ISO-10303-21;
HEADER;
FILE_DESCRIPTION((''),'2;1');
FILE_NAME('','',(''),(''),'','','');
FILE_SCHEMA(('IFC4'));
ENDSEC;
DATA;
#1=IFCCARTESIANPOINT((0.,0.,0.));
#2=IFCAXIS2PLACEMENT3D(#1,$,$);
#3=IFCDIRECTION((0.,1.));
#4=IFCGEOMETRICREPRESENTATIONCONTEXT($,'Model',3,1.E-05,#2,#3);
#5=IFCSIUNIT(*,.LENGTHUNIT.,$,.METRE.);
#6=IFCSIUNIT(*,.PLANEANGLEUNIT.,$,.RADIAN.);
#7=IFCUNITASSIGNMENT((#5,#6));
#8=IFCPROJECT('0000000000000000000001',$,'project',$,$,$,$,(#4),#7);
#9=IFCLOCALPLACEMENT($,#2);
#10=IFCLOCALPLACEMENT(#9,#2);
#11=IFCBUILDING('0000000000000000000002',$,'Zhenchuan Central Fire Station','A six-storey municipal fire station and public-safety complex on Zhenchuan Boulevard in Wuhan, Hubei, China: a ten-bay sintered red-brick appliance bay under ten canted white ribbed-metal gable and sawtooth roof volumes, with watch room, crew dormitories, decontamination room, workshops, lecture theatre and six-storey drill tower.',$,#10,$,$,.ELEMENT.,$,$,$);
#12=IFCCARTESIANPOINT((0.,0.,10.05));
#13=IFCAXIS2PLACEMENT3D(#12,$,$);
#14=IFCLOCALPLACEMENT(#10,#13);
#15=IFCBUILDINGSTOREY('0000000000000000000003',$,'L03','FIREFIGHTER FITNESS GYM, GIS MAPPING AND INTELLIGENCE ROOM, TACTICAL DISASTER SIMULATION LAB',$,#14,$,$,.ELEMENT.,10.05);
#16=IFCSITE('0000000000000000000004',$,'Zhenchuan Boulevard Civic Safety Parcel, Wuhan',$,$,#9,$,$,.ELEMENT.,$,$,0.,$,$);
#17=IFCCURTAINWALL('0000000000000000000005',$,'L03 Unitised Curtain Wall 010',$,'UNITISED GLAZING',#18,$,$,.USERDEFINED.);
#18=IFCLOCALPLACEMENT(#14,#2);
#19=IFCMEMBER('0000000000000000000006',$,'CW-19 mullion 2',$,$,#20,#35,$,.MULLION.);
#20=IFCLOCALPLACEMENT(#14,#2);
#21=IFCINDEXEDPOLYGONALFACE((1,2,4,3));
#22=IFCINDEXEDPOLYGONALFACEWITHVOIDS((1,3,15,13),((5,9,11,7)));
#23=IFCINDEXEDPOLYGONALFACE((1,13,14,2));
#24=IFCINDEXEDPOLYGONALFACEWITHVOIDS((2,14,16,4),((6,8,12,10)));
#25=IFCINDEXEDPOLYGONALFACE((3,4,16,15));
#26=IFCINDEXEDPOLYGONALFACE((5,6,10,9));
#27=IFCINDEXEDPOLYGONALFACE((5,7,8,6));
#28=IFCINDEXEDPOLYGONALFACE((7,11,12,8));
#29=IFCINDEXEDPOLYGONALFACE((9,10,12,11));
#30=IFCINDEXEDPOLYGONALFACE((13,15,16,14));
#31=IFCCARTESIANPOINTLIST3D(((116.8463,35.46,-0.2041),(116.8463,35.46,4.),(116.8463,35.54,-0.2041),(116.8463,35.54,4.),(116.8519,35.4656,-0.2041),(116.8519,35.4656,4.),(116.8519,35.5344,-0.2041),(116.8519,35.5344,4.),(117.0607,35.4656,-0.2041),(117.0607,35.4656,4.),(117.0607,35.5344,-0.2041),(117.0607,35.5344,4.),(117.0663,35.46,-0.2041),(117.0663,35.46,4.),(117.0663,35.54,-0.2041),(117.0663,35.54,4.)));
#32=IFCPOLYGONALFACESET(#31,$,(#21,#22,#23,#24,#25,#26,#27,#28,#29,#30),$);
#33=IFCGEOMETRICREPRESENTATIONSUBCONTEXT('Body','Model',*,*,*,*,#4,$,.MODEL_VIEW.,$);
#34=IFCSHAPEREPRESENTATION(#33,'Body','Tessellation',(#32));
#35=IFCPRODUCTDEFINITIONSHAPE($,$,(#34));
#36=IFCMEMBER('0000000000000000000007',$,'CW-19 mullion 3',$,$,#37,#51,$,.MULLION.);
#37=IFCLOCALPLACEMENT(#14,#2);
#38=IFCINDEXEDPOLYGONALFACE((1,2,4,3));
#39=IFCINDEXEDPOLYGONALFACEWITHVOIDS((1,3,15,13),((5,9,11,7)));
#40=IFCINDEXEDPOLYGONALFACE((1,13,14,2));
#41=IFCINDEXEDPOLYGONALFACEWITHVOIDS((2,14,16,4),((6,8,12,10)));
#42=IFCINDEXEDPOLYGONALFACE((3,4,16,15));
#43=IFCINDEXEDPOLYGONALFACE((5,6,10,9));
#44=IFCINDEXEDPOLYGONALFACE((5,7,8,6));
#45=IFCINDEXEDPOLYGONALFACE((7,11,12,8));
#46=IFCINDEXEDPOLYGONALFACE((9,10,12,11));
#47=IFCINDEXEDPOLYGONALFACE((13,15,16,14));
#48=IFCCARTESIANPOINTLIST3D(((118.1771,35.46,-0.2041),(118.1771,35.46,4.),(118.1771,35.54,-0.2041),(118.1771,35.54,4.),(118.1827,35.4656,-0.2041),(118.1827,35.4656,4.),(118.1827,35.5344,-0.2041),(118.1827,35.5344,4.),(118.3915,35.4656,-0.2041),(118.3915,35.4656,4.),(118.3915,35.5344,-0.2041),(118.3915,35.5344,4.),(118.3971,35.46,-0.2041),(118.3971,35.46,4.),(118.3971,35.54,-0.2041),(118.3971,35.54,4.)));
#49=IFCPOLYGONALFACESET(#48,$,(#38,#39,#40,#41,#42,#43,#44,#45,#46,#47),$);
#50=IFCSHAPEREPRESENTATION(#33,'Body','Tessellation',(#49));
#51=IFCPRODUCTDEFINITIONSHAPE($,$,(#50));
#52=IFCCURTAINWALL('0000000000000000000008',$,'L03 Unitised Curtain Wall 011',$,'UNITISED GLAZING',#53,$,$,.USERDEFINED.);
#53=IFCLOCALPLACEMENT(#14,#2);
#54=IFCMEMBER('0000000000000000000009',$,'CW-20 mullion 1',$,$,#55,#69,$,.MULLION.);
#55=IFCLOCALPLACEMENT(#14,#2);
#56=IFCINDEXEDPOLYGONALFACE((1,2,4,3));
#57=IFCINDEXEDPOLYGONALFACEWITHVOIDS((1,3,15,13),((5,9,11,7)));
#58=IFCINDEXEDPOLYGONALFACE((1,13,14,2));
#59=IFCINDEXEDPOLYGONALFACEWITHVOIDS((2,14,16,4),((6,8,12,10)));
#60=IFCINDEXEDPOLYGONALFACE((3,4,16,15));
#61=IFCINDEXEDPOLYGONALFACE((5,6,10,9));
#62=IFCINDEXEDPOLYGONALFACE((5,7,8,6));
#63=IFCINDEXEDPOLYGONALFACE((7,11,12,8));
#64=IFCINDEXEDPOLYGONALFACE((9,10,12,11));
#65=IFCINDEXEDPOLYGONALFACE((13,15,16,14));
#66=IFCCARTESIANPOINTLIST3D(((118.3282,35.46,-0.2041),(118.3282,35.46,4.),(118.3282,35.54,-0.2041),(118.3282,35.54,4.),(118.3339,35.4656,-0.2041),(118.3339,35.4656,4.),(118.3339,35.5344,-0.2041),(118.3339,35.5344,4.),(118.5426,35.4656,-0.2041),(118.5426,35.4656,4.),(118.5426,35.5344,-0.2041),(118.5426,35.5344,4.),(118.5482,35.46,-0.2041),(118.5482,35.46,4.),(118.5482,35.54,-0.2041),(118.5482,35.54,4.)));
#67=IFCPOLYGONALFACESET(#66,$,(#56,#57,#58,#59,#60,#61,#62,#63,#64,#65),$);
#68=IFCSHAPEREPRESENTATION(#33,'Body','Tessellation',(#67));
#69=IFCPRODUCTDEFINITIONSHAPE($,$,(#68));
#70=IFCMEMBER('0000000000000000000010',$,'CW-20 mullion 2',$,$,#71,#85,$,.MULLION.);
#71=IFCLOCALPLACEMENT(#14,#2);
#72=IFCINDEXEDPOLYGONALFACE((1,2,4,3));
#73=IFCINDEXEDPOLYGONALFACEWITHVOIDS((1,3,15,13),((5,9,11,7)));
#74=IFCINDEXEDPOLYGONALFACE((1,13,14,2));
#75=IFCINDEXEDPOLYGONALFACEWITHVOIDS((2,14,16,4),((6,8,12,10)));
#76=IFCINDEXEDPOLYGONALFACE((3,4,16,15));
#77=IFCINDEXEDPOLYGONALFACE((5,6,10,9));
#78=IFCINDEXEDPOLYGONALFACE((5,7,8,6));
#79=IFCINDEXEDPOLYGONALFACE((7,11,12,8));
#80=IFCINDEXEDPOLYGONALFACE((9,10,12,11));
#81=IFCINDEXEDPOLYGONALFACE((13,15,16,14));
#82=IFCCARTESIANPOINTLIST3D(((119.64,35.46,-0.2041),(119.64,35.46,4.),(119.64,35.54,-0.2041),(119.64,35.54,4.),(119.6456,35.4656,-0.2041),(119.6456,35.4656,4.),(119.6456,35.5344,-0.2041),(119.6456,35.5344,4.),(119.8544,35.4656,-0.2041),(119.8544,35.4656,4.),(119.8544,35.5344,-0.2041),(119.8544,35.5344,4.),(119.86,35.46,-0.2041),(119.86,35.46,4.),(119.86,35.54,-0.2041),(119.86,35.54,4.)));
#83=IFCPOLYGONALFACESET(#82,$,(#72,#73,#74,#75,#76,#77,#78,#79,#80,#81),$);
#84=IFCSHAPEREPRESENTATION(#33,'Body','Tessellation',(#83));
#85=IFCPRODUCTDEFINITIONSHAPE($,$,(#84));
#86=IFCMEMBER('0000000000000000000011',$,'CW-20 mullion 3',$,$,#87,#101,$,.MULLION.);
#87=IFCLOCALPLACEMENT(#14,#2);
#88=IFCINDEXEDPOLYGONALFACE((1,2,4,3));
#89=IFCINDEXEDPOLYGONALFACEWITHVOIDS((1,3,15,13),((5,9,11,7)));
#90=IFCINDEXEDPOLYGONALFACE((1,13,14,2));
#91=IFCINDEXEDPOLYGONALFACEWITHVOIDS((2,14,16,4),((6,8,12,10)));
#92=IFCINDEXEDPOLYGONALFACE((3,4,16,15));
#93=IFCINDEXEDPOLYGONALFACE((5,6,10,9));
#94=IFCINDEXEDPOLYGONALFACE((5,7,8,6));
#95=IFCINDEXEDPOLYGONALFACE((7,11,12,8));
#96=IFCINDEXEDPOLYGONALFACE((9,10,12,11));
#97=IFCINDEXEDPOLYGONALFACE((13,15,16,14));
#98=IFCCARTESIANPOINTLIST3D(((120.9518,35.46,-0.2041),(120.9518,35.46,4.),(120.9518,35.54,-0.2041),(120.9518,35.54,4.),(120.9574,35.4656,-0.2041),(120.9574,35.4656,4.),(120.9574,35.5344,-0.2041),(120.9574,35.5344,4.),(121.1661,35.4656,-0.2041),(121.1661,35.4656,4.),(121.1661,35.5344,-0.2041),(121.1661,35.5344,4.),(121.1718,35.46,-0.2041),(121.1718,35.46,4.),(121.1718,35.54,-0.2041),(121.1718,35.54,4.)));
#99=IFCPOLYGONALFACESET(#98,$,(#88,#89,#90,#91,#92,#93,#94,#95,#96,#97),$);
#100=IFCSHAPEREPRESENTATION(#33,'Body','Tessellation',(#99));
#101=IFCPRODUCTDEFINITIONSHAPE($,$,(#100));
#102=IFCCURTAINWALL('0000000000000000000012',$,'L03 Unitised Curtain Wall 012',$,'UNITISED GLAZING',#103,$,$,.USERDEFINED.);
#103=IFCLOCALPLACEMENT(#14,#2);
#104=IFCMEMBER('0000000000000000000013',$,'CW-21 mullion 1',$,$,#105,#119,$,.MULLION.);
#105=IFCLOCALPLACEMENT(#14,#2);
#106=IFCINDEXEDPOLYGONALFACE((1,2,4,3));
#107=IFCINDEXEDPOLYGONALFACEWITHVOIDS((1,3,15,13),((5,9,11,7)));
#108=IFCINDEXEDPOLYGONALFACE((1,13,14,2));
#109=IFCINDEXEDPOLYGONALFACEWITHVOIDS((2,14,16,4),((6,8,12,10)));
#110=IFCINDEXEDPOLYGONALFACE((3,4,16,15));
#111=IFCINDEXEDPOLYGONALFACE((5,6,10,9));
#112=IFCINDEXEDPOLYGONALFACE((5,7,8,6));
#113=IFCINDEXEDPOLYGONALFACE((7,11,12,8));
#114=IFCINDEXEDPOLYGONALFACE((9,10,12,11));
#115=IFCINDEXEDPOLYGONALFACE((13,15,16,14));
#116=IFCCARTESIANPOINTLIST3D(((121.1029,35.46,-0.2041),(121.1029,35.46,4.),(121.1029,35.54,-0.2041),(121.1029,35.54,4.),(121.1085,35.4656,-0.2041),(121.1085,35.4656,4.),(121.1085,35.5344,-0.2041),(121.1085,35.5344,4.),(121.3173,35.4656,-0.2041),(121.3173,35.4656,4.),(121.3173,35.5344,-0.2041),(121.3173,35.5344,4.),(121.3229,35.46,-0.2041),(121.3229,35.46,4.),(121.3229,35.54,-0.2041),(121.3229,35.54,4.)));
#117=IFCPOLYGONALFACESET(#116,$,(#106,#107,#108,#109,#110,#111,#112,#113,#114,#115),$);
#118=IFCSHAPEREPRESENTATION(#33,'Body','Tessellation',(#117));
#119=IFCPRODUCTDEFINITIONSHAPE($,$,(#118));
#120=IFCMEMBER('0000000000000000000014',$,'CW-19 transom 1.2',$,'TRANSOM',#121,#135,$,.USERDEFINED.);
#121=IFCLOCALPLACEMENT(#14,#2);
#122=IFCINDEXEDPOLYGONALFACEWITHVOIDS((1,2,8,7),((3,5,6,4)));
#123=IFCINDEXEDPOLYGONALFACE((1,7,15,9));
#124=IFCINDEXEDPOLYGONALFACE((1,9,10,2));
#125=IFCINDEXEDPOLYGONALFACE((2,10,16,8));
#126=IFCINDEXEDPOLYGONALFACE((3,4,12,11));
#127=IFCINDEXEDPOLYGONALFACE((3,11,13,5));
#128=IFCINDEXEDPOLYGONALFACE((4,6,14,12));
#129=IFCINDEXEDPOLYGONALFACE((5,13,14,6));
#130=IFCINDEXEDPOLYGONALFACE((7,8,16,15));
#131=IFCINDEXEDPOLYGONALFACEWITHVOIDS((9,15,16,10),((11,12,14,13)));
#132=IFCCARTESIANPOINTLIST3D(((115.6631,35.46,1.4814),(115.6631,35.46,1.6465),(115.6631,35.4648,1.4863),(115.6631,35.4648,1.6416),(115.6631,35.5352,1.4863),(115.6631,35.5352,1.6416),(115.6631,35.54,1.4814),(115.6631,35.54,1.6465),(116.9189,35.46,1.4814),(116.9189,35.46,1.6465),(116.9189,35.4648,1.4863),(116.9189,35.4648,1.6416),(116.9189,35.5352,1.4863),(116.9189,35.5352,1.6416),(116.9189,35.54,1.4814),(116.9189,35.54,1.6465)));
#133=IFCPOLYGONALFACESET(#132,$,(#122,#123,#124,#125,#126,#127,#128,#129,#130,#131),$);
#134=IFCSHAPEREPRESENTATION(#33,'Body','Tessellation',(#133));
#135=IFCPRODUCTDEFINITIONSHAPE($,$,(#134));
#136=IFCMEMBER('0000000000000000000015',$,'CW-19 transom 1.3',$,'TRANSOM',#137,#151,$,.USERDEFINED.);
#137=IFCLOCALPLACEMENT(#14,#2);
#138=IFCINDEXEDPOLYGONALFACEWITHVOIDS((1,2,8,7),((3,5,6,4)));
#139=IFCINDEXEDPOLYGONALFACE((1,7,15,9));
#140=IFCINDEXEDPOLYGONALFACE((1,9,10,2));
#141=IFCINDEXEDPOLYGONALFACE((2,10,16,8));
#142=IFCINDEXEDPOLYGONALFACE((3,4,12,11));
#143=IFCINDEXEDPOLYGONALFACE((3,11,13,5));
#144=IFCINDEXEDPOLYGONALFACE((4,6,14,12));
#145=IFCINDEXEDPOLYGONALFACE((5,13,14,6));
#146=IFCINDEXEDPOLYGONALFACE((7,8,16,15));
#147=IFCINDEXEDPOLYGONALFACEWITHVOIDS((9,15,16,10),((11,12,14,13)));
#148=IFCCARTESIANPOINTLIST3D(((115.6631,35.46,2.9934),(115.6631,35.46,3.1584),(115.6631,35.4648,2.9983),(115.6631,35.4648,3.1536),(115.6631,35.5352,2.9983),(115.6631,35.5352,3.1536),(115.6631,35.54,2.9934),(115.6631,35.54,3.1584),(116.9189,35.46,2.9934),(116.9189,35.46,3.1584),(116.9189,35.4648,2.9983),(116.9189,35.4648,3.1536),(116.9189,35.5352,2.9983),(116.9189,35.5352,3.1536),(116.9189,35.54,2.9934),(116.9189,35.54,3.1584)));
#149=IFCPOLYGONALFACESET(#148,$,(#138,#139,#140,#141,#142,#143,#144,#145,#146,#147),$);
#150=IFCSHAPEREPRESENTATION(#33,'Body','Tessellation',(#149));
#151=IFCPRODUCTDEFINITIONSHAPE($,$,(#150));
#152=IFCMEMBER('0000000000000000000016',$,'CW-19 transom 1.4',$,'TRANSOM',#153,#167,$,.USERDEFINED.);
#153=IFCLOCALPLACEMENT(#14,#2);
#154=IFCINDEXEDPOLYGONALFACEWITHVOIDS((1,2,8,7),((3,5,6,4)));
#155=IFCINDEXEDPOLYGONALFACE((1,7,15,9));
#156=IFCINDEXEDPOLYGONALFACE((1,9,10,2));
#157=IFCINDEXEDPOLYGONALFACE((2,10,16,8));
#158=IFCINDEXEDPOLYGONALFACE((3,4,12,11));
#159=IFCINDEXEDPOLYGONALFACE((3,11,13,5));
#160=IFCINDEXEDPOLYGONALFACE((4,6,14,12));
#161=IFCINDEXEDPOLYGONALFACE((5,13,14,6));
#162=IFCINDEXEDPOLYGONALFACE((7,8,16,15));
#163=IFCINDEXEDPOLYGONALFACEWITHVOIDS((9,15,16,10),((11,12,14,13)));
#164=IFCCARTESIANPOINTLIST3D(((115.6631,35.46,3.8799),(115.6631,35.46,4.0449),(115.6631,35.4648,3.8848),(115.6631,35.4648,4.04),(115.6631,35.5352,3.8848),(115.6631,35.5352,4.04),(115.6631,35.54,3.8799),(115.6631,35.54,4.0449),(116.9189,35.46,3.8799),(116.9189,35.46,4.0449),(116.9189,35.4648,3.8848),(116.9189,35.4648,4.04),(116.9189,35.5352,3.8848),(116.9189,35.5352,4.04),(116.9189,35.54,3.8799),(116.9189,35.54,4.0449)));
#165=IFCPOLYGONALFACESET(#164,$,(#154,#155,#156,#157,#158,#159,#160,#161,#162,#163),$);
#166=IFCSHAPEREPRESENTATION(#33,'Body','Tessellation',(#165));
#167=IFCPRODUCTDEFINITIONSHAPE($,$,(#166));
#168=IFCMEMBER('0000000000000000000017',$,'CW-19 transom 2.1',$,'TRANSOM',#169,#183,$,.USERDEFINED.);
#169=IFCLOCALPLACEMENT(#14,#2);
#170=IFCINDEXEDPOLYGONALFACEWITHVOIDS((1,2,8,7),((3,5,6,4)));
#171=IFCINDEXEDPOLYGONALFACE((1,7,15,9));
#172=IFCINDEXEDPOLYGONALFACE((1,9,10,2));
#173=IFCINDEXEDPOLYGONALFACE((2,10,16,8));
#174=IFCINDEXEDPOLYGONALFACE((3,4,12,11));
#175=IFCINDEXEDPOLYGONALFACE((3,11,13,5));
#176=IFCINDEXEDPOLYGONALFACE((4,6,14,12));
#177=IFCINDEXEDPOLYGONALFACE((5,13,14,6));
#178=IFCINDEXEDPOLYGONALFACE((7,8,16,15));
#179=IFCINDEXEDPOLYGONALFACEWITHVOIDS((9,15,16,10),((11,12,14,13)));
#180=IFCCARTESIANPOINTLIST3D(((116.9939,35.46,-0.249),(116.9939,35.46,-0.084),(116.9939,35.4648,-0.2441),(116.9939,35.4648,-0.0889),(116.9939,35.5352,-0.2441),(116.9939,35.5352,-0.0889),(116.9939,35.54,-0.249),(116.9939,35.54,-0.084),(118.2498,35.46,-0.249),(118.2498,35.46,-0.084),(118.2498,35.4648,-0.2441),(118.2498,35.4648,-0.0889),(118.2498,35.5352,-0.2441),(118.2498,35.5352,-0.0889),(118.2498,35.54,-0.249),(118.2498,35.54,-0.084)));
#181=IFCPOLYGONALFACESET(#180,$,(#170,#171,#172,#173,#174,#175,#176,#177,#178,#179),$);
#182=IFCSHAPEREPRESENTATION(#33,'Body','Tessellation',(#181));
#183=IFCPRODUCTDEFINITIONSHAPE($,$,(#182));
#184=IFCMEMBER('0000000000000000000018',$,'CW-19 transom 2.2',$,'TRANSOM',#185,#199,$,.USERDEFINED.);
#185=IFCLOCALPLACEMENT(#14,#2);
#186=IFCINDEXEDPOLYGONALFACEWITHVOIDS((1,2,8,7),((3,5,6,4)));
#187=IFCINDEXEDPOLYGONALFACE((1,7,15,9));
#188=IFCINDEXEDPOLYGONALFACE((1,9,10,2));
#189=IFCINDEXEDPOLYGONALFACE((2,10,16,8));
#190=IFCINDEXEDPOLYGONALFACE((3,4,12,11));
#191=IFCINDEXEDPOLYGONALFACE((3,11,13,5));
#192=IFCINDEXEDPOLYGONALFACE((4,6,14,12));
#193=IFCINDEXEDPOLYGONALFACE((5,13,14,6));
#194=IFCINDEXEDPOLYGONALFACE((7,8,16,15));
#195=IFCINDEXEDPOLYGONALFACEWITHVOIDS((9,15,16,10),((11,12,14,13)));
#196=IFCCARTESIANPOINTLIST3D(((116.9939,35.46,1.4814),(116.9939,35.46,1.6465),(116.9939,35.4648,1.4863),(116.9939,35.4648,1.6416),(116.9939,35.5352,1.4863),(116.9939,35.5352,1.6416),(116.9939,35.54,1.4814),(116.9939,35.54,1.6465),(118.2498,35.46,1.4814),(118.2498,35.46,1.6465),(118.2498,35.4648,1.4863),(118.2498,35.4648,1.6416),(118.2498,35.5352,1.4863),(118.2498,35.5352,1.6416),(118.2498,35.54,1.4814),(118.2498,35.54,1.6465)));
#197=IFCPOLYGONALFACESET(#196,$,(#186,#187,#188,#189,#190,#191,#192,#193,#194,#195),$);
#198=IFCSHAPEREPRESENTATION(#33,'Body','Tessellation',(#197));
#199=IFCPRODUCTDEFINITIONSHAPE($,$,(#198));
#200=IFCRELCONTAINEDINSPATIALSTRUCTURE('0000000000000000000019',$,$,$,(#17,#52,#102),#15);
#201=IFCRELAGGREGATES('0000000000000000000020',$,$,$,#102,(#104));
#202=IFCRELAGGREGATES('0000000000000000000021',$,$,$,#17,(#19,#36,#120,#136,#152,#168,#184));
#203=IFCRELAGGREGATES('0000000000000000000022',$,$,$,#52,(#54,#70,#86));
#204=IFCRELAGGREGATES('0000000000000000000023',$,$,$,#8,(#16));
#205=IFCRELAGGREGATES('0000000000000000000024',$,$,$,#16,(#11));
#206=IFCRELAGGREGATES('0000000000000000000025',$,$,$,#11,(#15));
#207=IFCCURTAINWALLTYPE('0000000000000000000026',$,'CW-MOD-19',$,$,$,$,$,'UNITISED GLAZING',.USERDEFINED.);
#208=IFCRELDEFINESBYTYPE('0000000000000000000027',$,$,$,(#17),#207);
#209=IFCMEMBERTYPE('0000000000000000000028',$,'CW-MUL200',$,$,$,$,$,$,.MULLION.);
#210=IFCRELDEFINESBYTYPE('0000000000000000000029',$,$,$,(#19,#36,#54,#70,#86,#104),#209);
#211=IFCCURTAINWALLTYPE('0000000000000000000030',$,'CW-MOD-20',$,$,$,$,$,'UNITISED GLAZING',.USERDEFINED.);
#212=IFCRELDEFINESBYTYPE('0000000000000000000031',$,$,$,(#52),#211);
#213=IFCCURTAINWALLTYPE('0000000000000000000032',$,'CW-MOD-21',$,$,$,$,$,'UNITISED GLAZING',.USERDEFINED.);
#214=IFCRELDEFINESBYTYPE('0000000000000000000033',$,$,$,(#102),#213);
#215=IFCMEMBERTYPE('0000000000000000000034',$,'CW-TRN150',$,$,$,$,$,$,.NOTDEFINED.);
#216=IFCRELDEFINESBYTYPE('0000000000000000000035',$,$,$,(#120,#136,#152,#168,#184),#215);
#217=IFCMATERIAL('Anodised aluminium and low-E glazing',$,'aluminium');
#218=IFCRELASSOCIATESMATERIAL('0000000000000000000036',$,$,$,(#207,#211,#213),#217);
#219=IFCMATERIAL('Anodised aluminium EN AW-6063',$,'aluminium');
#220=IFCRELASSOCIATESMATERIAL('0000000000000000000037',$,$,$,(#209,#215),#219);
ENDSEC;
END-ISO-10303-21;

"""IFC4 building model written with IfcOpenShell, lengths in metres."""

from ifc_helpers import new_model, si_unit, direction, frame, origin, origin_2d, place, context, subcontext, project, spatial, hollow_rectangle, extrude, material, material_profile, profile_set, type_object, element, aggregate, save


model = new_model("IFC4")

# Units and contexts
model_context = context("Model", 3, precision=1e-05, world=origin(), true_north=direction((0.0, 1.0)))
body_context = subcontext(model_context, "Body", "Model", "MODEL_VIEW")
ifc_project = project(units=[si_unit("LENGTHUNIT", "METRE"), si_unit("PLANEANGLEUNIT", "RADIAN")], contexts=[model_context])

# Site, building, storey
site_placement = place(None, origin())
site = spatial("IfcSite", under=ifc_project, at=site_placement, Name="Zhenchuan Boulevard Civic Safety Parcel, Wuhan", CompositionType="ELEMENT", RefElevation=0.0)
building_placement = place(site_placement, origin())
building = spatial("IfcBuilding", under=site, at=building_placement, Name="Zhenchuan Central Fire Station", Description="A six-storey municipal fire station and public-safety complex on Zhenchuan Boulevard in Wuhan, Hubei, China: a ten-bay sintered red-brick appliance bay under ten canted white ribbed-metal gable and sawtooth roof volumes, with watch room, crew dormitories, decontamination room, workshops, lecture theatre and six-storey drill tower.", CompositionType="ELEMENT")
storey_placement = place(building_placement, frame((0.0, 0.0, 10.05)))
storey = spatial("IfcBuildingStorey", under=building, at=storey_placement, Name="L03", Description="FIREFIGHTER FITNESS GYM, GIS MAPPING AND INTELLIGENCE ROOM, TACTICAL DISASTER SIMULATION LAB", CompositionType="ELEMENT", Elevation=10.05)

# Curtain walls, members
ifc_material_1 = material(Name="Anodised aluminium and low-E glazing", Category="aluminium")
curtain_wall_type_1 = type_object("IfcCurtainWallType", Name="CW-MOD-19", ElementType="UNITISED GLAZING", PredefinedType="USERDEFINED", material=ifc_material_1)
curtain_wall_1_placement = place(storey_placement, origin())
curtain_wall_1 = element("IfcCurtainWall", 1, at=curtain_wall_1_placement, inside=storey, type_object=curtain_wall_type_1, Name="L03 Unitised Curtain Wall 010", ObjectType="UNITISED GLAZING", PredefinedType="USERDEFINED")
ifc_material_2 = material(Name="Anodised aluminium EN AW-6063", Category="aluminium")
ifc_material_profile_1 = material_profile(ifc_material_2, hollow_rectangle(XDim=0.0801, YDim=0.22, WallThickness=0.0056, at=origin_2d()), Name="ALU-M 220x80")
ifc_profile_set_1 = profile_set([ifc_material_profile_1], Name="Anodised aluminium EN AW-6063")
member_type_1 = type_object("IfcMemberType", Name="CW-MUL200", PredefinedType="MULLION", material=ifc_profile_set_1)
member_1_placement = place(storey_placement, frame((116.9563, 35.5, -0.2041), z_axis=(0.0, 0.0, 1.0), x_axis=(0.0, 1.0, 0.0)))
member_1 = element("IfcMember", 2, at=member_1_placement, type_object=member_type_1, Name="CW-19 mullion 2", PredefinedType="MULLION", context=body_context, shape_type="SweptSolid", body=[
    extrude(hollow_rectangle(XDim=0.0801, YDim=0.22, WallThickness=0.0056, at=origin_2d()), origin(), (0.0, 0.0, 1.0), 4.2041),
])
member_2_placement = place(storey_placement, frame((118.2871, 35.5, -0.2041), z_axis=(0.0, 0.0, 1.0), x_axis=(0.0, 1.0, 0.0)))
member_2 = element("IfcMember", 3, at=member_2_placement, type_object=member_type_1, Name="CW-19 mullion 3", PredefinedType="MULLION", context=body_context, shape_type="SweptSolid", body=[
    extrude(hollow_rectangle(XDim=0.0801, YDim=0.22, WallThickness=0.0056, at=origin_2d()), origin(), (0.0, 0.0, 1.0), 4.2041),
])
curtain_wall_type_2 = type_object("IfcCurtainWallType", Name="CW-MOD-20", ElementType="UNITISED GLAZING", PredefinedType="USERDEFINED", material=ifc_material_1)
curtain_wall_2_placement = place(storey_placement, origin())
curtain_wall_2 = element("IfcCurtainWall", 4, at=curtain_wall_2_placement, inside=storey, type_object=curtain_wall_type_2, Name="L03 Unitised Curtain Wall 011", ObjectType="UNITISED GLAZING", PredefinedType="USERDEFINED")
member_3_placement = place(storey_placement, frame((118.4382, 35.5, -0.2041), z_axis=(0.0, 0.0, 1.0), x_axis=(0.0, 1.0, 0.0)))
member_3 = element("IfcMember", 5, at=member_3_placement, type_object=member_type_1, Name="CW-20 mullion 1", PredefinedType="MULLION", context=body_context, shape_type="SweptSolid", body=[
    extrude(hollow_rectangle(XDim=0.0801, YDim=0.22, WallThickness=0.0056, at=origin_2d()), origin(), (0.0, 0.0, 1.0), 4.2041),
])
member_4_placement = place(storey_placement, frame((119.75, 35.5, -0.2041), z_axis=(0.0, 0.0, 1.0), x_axis=(0.0, 1.0, 0.0)))
member_4 = element("IfcMember", 6, at=member_4_placement, type_object=member_type_1, Name="CW-20 mullion 2", PredefinedType="MULLION", context=body_context, shape_type="SweptSolid", body=[
    extrude(hollow_rectangle(XDim=0.0801, YDim=0.22, WallThickness=0.0056, at=origin_2d()), origin(), (0.0, 0.0, 1.0), 4.2041),
])
member_5_placement = place(storey_placement, frame((121.0618, 35.5, -0.2041), z_axis=(0.0, 0.0, 1.0), x_axis=(0.0, 1.0, 0.0)))
member_5 = element("IfcMember", 7, at=member_5_placement, type_object=member_type_1, Name="CW-20 mullion 3", PredefinedType="MULLION", context=body_context, shape_type="SweptSolid", body=[
    extrude(hollow_rectangle(XDim=0.0801, YDim=0.22, WallThickness=0.0056, at=origin_2d()), origin(), (0.0, 0.0, 1.0), 4.2041),
])

# Curtain wall, member
curtain_wall_type_3 = type_object("IfcCurtainWallType", Name="CW-MOD-21", ElementType="UNITISED GLAZING", PredefinedType="USERDEFINED", material=ifc_material_1)
curtain_wall_3_placement = place(storey_placement, origin())
curtain_wall_3 = element("IfcCurtainWall", 8, at=curtain_wall_3_placement, inside=storey, type_object=curtain_wall_type_3, Name="L03 Unitised Curtain Wall 012", ObjectType="UNITISED GLAZING", PredefinedType="USERDEFINED")
member_6_placement = place(storey_placement, frame((121.2129, 35.5, -0.2041), z_axis=(0.0, 0.0, 1.0), x_axis=(0.0, 1.0, 0.0)))
member_6 = element("IfcMember", 9, at=member_6_placement, type_object=member_type_1, Name="CW-21 mullion 1", PredefinedType="MULLION", context=body_context, shape_type="SweptSolid", body=[
    extrude(hollow_rectangle(XDim=0.0801, YDim=0.22, WallThickness=0.0056, at=origin_2d()), origin(), (0.0, 0.0, 1.0), 4.2041),
])
aggregate(curtain_wall_3, [member_6])

# Members
ifc_material_profile_2 = material_profile(ifc_material_2, hollow_rectangle(XDim=0.0801, YDim=0.165, WallThickness=0.0049, at=origin_2d()), Name="ALU-T 165x80")
ifc_profile_set_2 = profile_set([ifc_material_profile_2], Name="Anodised aluminium EN AW-6063")
member_type_2 = type_object("IfcMemberType", Name="CW-TRN150", PredefinedType="NOTDEFINED", material=ifc_profile_set_2)
member_7_placement = place(storey_placement, frame((115.6631, 35.5, 1.564), z_axis=(1.0, 0.0, 0.0), x_axis=(0.0, 1.0, 0.0)))
member_7 = element("IfcMember", 10, at=member_7_placement, type_object=member_type_2, Name="CW-19 transom 1.2", ObjectType="TRANSOM", PredefinedType="USERDEFINED", context=body_context, shape_type="SweptSolid", body=[
    extrude(hollow_rectangle(XDim=0.0801, YDim=0.165, WallThickness=0.0049, at=origin_2d()), origin(), (0.0, 0.0, 1.0), 1.2559),
])
member_8_placement = place(storey_placement, frame((115.6631, 35.5, 3.0759), z_axis=(1.0, 0.0, 0.0), x_axis=(0.0, 1.0, 0.0)))
member_8 = element("IfcMember", 11, at=member_8_placement, type_object=member_type_2, Name="CW-19 transom 1.3", ObjectType="TRANSOM", PredefinedType="USERDEFINED", context=body_context, shape_type="SweptSolid", body=[
    extrude(hollow_rectangle(XDim=0.0801, YDim=0.165, WallThickness=0.0049, at=origin_2d()), origin(), (0.0, 0.0, 1.0), 1.2559),
])
member_9_placement = place(storey_placement, frame((115.6631, 35.5, 3.9624), z_axis=(1.0, 0.0, 0.0), x_axis=(0.0, 1.0, 0.0)))
member_9 = element("IfcMember", 12, at=member_9_placement, type_object=member_type_2, Name="CW-19 transom 1.4", ObjectType="TRANSOM", PredefinedType="USERDEFINED", context=body_context, shape_type="SweptSolid", body=[
    extrude(hollow_rectangle(XDim=0.0801, YDim=0.165, WallThickness=0.0049, at=origin_2d()), origin(), (0.0, 0.0, 1.0), 1.2559),
])
member_10_placement = place(storey_placement, frame((116.9939, 35.5, -0.1665), z_axis=(1.0, 0.0, 0.0), x_axis=(0.0, 1.0, 0.0)))
member_10 = element("IfcMember", 13, at=member_10_placement, type_object=member_type_2, Name="CW-19 transom 2.1", ObjectType="TRANSOM", PredefinedType="USERDEFINED", context=body_context, shape_type="SweptSolid", body=[
    extrude(hollow_rectangle(XDim=0.0801, YDim=0.165, WallThickness=0.0049, at=origin_2d()), origin(), (0.0, 0.0, 1.0), 1.2559),
])
member_11_placement = place(storey_placement, frame((116.9939, 35.5, 1.564), z_axis=(1.0, 0.0, 0.0), x_axis=(0.0, 1.0, 0.0)))
member_11 = element("IfcMember", 14, at=member_11_placement, type_object=member_type_2, Name="CW-19 transom 2.2", ObjectType="TRANSOM", PredefinedType="USERDEFINED", context=body_context, shape_type="SweptSolid", body=[
    extrude(hollow_rectangle(XDim=0.0801, YDim=0.165, WallThickness=0.0049, at=origin_2d()), origin(), (0.0, 0.0, 1.0), 1.2559),
])

aggregate(curtain_wall_1, [member_1, member_2, member_7, member_8, member_9, member_10, member_11])
aggregate(curtain_wall_2, [member_3, member_4, member_5])

save(model, "model.ifc")
